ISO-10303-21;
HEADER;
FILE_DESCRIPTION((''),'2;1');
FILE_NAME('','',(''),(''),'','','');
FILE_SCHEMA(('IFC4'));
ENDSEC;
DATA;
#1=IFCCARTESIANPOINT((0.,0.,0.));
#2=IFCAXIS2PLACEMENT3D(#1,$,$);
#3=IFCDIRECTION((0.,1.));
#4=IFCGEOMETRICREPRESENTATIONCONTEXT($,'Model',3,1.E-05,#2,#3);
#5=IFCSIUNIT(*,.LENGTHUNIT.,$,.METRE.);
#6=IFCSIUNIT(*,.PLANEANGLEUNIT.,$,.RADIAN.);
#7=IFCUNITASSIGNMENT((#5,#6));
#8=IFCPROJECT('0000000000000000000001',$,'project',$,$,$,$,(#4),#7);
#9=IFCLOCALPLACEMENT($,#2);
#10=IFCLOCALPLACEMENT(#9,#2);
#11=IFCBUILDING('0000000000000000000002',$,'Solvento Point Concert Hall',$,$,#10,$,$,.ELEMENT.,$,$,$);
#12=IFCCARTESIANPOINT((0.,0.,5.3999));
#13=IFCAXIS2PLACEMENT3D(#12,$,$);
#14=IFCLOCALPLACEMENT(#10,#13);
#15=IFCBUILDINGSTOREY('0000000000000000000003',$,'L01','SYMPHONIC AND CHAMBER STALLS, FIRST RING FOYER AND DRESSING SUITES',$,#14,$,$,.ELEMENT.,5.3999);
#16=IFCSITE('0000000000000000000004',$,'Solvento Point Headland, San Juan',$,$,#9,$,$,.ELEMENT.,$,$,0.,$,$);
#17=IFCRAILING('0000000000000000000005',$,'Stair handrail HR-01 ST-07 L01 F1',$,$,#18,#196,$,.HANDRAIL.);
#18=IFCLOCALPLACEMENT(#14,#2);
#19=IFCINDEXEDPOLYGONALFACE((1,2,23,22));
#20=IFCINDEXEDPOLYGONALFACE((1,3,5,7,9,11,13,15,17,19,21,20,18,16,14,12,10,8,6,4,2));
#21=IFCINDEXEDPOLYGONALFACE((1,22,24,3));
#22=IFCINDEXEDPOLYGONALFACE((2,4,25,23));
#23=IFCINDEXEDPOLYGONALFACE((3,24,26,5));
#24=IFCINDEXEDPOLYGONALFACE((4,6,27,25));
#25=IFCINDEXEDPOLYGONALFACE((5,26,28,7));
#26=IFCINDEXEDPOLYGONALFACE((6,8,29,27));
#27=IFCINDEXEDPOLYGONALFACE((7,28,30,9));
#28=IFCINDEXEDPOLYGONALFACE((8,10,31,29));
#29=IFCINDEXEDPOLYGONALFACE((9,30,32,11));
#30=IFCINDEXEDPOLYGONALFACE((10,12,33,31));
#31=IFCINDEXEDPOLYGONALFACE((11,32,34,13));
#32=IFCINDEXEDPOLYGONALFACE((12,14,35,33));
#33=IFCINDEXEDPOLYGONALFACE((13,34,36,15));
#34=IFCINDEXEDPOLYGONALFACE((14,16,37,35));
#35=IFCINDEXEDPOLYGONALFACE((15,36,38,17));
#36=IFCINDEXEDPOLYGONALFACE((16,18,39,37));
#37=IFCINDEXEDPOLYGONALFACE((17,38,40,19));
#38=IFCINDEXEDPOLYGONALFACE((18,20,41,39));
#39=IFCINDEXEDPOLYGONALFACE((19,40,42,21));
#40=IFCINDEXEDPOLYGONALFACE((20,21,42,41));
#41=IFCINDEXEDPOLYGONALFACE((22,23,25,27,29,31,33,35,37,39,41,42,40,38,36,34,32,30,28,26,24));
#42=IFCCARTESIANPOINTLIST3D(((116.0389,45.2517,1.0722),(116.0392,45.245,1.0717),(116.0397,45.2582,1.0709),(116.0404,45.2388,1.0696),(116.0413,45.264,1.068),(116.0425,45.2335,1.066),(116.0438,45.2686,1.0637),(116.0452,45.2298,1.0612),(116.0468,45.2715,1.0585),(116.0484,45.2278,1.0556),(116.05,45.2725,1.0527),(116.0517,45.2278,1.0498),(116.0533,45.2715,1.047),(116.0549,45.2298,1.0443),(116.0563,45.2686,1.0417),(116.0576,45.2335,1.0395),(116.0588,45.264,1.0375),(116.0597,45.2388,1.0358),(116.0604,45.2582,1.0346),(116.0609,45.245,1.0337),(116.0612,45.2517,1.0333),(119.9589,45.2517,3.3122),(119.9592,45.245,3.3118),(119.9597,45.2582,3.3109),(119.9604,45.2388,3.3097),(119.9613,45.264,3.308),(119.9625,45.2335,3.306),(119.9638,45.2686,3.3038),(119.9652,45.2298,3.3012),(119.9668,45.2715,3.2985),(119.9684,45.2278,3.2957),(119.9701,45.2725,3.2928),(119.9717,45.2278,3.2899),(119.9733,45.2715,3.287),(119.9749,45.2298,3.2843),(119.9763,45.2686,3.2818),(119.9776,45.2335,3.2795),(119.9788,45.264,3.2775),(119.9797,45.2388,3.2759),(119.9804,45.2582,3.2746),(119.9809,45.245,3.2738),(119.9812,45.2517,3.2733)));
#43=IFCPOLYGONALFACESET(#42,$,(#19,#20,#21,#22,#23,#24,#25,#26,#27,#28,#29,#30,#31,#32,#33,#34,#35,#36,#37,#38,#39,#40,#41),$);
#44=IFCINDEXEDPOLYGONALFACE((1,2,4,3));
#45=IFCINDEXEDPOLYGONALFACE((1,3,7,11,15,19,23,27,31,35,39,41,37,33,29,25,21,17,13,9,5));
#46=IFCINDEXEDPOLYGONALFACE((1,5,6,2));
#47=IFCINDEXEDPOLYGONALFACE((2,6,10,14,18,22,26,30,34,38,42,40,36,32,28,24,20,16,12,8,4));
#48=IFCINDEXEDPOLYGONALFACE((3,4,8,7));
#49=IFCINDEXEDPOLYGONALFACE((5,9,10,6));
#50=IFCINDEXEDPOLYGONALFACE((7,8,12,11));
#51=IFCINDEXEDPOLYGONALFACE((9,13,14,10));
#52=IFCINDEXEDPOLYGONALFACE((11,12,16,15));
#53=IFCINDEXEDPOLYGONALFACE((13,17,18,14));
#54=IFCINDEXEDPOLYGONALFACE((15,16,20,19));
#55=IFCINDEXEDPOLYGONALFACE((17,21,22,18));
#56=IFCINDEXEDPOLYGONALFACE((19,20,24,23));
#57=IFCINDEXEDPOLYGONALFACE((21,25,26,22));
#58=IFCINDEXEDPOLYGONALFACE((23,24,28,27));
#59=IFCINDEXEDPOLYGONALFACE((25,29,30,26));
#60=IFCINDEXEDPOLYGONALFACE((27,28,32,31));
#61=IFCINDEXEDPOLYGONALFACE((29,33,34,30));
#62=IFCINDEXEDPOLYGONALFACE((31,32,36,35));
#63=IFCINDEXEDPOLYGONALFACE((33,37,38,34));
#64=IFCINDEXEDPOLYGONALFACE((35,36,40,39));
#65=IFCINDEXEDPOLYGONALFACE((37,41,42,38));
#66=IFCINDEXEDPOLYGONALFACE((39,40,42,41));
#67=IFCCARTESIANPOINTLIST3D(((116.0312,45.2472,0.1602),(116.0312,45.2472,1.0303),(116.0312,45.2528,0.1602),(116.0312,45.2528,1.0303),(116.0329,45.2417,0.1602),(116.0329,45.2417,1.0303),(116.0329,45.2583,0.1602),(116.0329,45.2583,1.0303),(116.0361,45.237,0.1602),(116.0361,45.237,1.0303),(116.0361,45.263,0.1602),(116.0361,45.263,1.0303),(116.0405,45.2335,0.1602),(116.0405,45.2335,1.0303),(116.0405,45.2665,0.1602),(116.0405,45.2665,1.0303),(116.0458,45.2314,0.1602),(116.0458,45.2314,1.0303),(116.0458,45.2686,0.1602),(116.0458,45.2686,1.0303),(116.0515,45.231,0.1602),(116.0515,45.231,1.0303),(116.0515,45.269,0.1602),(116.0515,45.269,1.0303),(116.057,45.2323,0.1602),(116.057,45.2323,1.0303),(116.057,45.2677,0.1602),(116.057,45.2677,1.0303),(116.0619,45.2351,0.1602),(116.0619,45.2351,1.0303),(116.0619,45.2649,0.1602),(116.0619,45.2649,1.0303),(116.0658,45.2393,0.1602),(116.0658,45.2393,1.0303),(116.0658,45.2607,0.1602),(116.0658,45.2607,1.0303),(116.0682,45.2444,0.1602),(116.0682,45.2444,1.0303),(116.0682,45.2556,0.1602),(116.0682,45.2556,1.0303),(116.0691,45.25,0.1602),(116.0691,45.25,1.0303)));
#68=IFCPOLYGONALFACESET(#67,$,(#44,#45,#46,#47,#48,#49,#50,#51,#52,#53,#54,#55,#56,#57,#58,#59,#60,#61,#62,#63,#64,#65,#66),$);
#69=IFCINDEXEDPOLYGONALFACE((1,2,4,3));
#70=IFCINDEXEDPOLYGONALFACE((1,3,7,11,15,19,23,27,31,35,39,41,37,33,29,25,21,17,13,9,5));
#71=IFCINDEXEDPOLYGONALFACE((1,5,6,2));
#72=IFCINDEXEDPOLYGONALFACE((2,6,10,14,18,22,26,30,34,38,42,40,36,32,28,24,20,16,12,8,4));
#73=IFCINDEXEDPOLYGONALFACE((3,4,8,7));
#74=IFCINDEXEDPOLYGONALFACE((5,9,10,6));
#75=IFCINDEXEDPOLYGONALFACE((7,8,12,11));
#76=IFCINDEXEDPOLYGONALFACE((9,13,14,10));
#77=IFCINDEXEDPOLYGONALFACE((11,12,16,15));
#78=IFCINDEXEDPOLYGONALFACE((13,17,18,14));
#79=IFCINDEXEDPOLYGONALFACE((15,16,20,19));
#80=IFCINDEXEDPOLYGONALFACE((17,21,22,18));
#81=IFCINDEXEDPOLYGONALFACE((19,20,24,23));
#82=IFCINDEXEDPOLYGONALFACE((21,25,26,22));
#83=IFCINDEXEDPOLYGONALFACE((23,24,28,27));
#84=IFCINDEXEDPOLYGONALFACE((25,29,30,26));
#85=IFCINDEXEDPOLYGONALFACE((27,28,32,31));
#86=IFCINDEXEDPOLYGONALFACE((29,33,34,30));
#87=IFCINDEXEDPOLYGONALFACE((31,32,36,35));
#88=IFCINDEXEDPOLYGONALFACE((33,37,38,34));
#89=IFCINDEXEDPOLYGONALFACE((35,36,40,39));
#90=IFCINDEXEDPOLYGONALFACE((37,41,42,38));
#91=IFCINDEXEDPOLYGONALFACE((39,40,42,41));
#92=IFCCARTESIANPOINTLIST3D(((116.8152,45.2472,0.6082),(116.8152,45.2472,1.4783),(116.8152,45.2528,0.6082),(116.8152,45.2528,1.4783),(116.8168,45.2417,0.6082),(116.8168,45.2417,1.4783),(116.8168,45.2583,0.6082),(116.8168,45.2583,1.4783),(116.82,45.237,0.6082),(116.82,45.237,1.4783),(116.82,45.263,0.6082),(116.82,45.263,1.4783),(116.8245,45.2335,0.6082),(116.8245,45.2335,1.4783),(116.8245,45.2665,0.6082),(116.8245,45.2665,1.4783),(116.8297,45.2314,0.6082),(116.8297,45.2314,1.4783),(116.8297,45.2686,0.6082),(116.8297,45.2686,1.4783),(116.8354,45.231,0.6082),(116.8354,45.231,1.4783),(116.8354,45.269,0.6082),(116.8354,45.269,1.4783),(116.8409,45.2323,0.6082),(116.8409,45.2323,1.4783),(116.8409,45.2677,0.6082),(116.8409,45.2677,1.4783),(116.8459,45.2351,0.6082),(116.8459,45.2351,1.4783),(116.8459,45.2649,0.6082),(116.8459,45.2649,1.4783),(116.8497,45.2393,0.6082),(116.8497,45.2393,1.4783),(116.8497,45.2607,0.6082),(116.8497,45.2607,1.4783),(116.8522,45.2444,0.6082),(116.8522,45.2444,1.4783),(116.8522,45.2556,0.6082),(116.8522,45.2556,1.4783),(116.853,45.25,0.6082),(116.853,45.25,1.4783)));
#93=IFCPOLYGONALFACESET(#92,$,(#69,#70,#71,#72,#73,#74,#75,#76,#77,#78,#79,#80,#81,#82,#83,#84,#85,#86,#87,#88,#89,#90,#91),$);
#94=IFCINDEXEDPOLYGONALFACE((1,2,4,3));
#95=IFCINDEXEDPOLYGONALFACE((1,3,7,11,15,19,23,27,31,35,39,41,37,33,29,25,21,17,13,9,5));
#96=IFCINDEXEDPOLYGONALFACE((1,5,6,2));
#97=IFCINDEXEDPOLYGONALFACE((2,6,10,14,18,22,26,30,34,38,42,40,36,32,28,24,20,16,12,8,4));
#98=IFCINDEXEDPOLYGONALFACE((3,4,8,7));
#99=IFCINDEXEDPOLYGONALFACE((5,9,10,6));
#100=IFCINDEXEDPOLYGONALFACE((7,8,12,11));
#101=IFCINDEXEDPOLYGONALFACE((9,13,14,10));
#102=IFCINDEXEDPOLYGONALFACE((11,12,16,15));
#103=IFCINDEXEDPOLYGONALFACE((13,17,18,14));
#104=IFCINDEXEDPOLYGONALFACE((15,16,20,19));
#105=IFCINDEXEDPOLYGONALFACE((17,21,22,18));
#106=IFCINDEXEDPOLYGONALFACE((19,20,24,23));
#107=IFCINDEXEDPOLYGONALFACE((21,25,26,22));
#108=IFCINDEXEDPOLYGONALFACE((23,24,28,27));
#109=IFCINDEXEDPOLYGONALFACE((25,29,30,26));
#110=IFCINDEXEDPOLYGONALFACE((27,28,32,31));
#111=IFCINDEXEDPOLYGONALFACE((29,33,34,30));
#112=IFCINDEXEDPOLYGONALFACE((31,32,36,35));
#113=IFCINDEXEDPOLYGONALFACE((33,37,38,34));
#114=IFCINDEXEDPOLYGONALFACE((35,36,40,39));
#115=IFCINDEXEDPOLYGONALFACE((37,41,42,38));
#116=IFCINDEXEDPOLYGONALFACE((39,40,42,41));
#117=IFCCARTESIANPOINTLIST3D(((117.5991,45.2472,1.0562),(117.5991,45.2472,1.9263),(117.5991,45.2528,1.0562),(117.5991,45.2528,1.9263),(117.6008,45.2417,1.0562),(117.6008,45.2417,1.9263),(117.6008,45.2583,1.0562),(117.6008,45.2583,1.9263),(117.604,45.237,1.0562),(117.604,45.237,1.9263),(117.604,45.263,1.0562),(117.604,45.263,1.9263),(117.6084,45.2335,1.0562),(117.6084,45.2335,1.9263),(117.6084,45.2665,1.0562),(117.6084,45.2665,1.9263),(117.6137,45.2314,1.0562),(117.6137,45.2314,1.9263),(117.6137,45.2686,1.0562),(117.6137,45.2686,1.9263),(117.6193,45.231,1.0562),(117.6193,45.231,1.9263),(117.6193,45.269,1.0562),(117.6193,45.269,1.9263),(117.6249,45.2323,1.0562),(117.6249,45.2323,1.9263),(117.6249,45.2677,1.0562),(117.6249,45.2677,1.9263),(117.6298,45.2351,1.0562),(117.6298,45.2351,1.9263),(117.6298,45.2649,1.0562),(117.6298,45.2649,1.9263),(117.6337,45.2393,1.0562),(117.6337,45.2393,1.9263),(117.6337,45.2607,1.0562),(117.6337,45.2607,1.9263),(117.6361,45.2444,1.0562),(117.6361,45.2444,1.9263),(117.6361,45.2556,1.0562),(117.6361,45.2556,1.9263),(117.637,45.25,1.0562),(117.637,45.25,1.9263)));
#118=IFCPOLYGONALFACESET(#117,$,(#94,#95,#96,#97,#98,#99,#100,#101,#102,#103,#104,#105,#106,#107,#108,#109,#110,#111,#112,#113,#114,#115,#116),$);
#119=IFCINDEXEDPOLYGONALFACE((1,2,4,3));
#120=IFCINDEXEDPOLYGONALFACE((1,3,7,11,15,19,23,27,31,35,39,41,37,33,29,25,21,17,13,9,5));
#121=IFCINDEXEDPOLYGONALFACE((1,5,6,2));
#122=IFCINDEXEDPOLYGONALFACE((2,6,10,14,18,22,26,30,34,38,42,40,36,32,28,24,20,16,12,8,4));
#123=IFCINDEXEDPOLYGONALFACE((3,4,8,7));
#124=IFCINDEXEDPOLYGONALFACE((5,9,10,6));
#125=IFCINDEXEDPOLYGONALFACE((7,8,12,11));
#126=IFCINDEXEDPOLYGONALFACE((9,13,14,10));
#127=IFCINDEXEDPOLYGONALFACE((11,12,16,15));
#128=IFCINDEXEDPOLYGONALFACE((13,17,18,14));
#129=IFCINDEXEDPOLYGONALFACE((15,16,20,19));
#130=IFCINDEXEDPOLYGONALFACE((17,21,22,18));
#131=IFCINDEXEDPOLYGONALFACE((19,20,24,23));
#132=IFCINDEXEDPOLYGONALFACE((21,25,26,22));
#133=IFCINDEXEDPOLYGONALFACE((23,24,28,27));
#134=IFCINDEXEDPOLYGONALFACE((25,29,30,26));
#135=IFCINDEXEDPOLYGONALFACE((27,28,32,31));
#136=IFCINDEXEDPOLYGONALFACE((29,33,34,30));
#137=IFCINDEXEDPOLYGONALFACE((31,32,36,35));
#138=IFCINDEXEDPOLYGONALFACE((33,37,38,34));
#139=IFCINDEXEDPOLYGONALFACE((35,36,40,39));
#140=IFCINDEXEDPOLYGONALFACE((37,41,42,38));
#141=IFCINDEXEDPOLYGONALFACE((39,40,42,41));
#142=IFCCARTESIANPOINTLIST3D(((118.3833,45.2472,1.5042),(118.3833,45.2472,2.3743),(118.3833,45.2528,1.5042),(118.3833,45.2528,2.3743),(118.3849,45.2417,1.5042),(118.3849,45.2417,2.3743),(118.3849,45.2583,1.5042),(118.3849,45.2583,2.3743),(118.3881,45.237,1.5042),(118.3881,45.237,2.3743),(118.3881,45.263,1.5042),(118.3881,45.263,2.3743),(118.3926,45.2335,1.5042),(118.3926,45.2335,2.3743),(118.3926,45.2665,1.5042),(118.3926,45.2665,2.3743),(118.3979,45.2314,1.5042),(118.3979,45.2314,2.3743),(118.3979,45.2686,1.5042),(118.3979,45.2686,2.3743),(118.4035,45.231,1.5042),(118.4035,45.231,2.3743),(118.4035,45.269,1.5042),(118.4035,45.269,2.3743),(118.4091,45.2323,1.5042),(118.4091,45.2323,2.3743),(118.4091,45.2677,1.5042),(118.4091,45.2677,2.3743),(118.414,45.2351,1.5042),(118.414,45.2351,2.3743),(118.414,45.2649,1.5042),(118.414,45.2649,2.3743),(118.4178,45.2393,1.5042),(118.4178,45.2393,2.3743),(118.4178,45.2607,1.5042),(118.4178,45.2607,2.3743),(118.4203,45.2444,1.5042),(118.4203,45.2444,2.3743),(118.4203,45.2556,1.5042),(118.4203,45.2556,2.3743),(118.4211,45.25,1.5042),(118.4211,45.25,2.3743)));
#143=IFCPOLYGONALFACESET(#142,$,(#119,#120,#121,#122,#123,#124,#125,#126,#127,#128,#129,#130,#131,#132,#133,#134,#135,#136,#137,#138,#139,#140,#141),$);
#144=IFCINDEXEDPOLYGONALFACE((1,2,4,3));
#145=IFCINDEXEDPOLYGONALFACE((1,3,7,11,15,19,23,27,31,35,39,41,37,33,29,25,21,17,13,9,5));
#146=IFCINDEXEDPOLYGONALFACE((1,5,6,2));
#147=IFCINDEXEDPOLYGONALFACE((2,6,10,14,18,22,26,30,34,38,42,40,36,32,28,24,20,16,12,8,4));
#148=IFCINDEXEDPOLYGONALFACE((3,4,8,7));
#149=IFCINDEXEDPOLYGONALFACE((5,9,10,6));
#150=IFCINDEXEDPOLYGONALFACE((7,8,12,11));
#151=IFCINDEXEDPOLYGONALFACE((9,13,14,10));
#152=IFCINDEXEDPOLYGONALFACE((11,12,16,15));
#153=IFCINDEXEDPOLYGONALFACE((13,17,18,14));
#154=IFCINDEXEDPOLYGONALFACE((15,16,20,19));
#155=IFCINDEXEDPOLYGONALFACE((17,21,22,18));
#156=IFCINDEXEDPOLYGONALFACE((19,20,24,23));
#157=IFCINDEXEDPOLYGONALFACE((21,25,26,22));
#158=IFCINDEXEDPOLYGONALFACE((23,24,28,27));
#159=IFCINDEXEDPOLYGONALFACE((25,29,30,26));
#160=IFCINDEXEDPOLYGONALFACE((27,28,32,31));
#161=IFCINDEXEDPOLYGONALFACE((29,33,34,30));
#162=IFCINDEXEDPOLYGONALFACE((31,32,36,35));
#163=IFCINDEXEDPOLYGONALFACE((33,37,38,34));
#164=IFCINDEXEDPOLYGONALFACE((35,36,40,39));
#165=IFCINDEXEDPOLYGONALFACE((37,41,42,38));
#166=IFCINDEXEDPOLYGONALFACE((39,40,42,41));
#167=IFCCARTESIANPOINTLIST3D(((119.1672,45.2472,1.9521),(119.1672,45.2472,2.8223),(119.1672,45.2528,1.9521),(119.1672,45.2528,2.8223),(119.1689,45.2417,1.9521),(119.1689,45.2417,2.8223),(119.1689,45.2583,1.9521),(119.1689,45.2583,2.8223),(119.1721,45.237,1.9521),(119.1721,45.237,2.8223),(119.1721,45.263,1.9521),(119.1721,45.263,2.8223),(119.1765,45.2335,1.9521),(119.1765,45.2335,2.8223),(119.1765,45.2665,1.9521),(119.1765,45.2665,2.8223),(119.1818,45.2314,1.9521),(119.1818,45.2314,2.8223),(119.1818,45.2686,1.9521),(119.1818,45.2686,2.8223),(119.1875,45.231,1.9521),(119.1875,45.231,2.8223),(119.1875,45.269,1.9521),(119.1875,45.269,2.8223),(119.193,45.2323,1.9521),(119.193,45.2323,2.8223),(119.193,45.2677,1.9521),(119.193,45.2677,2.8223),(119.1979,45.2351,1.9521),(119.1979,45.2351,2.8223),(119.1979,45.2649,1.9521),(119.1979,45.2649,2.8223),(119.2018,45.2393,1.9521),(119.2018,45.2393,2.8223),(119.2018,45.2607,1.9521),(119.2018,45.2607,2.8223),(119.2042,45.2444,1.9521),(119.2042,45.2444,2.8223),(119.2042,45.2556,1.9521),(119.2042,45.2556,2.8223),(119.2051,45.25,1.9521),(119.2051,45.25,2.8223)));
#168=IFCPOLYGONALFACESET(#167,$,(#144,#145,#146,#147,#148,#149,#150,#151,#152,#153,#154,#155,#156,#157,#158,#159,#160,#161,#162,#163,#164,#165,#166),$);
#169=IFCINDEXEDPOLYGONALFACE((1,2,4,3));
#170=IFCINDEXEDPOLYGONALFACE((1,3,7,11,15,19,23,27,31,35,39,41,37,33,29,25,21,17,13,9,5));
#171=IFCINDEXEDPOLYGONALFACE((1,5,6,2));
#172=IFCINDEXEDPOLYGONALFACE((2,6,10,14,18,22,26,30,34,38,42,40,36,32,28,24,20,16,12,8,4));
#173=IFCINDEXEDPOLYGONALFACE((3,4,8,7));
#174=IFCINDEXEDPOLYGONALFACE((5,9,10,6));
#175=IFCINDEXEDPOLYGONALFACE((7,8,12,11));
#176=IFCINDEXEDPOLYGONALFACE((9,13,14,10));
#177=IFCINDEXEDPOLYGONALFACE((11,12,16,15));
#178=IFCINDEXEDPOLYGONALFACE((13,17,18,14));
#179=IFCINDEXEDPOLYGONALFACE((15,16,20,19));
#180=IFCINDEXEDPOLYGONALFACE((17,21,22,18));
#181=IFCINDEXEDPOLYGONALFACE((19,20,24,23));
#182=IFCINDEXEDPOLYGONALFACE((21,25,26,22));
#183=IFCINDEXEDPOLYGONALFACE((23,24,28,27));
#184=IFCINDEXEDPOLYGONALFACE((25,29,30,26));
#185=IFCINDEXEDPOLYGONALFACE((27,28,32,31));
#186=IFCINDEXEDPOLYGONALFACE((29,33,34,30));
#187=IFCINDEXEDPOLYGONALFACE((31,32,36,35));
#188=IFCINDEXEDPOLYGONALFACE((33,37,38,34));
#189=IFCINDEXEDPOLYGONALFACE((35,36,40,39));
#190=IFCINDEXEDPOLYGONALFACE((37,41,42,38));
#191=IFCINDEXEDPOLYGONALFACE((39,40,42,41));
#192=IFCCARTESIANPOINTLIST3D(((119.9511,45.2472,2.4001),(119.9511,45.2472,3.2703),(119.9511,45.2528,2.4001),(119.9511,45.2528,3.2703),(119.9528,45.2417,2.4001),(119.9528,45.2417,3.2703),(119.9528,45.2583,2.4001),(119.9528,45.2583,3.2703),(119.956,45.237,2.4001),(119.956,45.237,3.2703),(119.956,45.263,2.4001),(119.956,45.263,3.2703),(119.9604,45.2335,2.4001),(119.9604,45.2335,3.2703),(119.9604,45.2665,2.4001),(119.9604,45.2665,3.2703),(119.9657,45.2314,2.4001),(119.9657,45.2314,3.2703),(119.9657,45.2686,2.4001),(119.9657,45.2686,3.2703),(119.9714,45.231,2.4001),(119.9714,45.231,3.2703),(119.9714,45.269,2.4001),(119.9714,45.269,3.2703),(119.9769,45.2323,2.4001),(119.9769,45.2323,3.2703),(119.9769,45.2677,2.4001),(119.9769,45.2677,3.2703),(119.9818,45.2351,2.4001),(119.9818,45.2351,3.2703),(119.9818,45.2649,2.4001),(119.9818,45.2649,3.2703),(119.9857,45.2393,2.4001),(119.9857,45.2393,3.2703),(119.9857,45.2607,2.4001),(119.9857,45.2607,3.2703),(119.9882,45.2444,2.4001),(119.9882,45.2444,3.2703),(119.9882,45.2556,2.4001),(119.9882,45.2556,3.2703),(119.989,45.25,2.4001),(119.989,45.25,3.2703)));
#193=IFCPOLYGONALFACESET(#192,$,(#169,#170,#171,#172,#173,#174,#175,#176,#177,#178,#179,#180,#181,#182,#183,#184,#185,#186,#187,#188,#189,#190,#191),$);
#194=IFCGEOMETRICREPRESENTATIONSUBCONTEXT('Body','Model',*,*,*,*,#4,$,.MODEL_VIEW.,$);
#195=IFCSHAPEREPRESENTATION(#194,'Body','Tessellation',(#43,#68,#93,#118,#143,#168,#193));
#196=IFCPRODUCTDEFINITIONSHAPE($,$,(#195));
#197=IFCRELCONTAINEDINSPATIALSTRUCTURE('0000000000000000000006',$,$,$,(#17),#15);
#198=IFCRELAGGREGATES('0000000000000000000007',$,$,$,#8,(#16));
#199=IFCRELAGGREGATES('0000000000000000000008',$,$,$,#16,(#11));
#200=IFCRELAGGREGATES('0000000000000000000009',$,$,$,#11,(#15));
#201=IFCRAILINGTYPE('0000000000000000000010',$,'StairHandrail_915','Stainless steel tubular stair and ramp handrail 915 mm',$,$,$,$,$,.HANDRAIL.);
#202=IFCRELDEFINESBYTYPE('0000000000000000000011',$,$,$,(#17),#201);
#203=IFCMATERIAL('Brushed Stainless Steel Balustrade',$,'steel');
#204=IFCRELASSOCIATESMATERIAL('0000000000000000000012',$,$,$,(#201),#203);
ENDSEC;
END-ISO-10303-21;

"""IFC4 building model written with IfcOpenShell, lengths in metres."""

from ifc_helpers import new_model, si_unit, direction, frame, origin, origin_2d, place, context, subcontext, project, spatial, circle, extrude, material, type_object, element, save


model = new_model("IFC4")

# Units and contexts
model_context = context("Model", 3, precision=1e-05, world=origin(), true_north=direction((0.0, 1.0)))
body_context = subcontext(model_context, "Body", "Model", "MODEL_VIEW")
ifc_project = project(units=[si_unit("LENGTHUNIT", "METRE"), si_unit("PLANEANGLEUNIT", "RADIAN")], contexts=[model_context])

# Site, building, storey
site_placement = place(None, origin())
site = spatial("IfcSite", under=ifc_project, at=site_placement, Name="Solvento Point Headland, San Juan", CompositionType="ELEMENT", RefElevation=0.0)
building_placement = place(site_placement, origin())
building = spatial("IfcBuilding", under=site, at=building_placement, Name="Solvento Point Concert Hall", CompositionType="ELEMENT")
storey_placement = place(building_placement, frame((0.0, 0.0, 5.3999)))
storey = spatial("IfcBuildingStorey", under=building, at=storey_placement, Name="L01", Description="SYMPHONIC AND CHAMBER STALLS, FIRST RING FOYER AND DRESSING SUITES", CompositionType="ELEMENT", Elevation=5.3999)

# Railing
ifc_material_1 = material(Name="Brushed Stainless Steel Balustrade", Category="steel")
railing_type_1 = type_object("IfcRailingType", Name="StairHandrail_915", Description="Stainless steel tubular stair and ramp handrail 915 mm", PredefinedType="HANDRAIL", material=ifc_material_1)
railing_1_placement = place(storey_placement, frame((116.05, 45.25, 0.1602)))
element("IfcRailing", 1, at=railing_1_placement, inside=storey, type_object=railing_type_1, Name="Stair handrail HR-01 ST-07 L01 F1", PredefinedType="HANDRAIL", context=body_context, shape_type="SweptSolid", body=[
    extrude(circle(Radius=0.0225, at=origin_2d()), frame((0.0, 0.0, 0.8926), z_axis=(0.86824, 0.0, 0.496145), x_axis=(0.0, 1.0, 0.0)), (0.0, 0.0, 1.0), 4.5149),
    extrude(circle(Radius=0.019, at=origin_2d()), origin(), (0.0, 0.0, 1.0), 0.8701),
    extrude(circle(Radius=0.019, at=origin_2d()), frame((0.7839, 0.0, 0.448)), (0.0, 0.0, 1.0), 0.8701),
    extrude(circle(Radius=0.019, at=origin_2d()), frame((1.5679, 0.0, 0.896)), (0.0, 0.0, 1.0), 0.8701),
    extrude(circle(Radius=0.019, at=origin_2d()), frame((2.3521, 0.0, 1.344)), (0.0, 0.0, 1.0), 0.8701),
    extrude(circle(Radius=0.019, at=origin_2d()), frame((3.136, 0.0, 1.792)), (0.0, 0.0, 1.0), 0.8701),
    extrude(circle(Radius=0.019, at=origin_2d()), frame((3.9199, 0.0, 2.24)), (0.0, 0.0, 1.0), 0.8701),
])

save(model, "model.ifc")
